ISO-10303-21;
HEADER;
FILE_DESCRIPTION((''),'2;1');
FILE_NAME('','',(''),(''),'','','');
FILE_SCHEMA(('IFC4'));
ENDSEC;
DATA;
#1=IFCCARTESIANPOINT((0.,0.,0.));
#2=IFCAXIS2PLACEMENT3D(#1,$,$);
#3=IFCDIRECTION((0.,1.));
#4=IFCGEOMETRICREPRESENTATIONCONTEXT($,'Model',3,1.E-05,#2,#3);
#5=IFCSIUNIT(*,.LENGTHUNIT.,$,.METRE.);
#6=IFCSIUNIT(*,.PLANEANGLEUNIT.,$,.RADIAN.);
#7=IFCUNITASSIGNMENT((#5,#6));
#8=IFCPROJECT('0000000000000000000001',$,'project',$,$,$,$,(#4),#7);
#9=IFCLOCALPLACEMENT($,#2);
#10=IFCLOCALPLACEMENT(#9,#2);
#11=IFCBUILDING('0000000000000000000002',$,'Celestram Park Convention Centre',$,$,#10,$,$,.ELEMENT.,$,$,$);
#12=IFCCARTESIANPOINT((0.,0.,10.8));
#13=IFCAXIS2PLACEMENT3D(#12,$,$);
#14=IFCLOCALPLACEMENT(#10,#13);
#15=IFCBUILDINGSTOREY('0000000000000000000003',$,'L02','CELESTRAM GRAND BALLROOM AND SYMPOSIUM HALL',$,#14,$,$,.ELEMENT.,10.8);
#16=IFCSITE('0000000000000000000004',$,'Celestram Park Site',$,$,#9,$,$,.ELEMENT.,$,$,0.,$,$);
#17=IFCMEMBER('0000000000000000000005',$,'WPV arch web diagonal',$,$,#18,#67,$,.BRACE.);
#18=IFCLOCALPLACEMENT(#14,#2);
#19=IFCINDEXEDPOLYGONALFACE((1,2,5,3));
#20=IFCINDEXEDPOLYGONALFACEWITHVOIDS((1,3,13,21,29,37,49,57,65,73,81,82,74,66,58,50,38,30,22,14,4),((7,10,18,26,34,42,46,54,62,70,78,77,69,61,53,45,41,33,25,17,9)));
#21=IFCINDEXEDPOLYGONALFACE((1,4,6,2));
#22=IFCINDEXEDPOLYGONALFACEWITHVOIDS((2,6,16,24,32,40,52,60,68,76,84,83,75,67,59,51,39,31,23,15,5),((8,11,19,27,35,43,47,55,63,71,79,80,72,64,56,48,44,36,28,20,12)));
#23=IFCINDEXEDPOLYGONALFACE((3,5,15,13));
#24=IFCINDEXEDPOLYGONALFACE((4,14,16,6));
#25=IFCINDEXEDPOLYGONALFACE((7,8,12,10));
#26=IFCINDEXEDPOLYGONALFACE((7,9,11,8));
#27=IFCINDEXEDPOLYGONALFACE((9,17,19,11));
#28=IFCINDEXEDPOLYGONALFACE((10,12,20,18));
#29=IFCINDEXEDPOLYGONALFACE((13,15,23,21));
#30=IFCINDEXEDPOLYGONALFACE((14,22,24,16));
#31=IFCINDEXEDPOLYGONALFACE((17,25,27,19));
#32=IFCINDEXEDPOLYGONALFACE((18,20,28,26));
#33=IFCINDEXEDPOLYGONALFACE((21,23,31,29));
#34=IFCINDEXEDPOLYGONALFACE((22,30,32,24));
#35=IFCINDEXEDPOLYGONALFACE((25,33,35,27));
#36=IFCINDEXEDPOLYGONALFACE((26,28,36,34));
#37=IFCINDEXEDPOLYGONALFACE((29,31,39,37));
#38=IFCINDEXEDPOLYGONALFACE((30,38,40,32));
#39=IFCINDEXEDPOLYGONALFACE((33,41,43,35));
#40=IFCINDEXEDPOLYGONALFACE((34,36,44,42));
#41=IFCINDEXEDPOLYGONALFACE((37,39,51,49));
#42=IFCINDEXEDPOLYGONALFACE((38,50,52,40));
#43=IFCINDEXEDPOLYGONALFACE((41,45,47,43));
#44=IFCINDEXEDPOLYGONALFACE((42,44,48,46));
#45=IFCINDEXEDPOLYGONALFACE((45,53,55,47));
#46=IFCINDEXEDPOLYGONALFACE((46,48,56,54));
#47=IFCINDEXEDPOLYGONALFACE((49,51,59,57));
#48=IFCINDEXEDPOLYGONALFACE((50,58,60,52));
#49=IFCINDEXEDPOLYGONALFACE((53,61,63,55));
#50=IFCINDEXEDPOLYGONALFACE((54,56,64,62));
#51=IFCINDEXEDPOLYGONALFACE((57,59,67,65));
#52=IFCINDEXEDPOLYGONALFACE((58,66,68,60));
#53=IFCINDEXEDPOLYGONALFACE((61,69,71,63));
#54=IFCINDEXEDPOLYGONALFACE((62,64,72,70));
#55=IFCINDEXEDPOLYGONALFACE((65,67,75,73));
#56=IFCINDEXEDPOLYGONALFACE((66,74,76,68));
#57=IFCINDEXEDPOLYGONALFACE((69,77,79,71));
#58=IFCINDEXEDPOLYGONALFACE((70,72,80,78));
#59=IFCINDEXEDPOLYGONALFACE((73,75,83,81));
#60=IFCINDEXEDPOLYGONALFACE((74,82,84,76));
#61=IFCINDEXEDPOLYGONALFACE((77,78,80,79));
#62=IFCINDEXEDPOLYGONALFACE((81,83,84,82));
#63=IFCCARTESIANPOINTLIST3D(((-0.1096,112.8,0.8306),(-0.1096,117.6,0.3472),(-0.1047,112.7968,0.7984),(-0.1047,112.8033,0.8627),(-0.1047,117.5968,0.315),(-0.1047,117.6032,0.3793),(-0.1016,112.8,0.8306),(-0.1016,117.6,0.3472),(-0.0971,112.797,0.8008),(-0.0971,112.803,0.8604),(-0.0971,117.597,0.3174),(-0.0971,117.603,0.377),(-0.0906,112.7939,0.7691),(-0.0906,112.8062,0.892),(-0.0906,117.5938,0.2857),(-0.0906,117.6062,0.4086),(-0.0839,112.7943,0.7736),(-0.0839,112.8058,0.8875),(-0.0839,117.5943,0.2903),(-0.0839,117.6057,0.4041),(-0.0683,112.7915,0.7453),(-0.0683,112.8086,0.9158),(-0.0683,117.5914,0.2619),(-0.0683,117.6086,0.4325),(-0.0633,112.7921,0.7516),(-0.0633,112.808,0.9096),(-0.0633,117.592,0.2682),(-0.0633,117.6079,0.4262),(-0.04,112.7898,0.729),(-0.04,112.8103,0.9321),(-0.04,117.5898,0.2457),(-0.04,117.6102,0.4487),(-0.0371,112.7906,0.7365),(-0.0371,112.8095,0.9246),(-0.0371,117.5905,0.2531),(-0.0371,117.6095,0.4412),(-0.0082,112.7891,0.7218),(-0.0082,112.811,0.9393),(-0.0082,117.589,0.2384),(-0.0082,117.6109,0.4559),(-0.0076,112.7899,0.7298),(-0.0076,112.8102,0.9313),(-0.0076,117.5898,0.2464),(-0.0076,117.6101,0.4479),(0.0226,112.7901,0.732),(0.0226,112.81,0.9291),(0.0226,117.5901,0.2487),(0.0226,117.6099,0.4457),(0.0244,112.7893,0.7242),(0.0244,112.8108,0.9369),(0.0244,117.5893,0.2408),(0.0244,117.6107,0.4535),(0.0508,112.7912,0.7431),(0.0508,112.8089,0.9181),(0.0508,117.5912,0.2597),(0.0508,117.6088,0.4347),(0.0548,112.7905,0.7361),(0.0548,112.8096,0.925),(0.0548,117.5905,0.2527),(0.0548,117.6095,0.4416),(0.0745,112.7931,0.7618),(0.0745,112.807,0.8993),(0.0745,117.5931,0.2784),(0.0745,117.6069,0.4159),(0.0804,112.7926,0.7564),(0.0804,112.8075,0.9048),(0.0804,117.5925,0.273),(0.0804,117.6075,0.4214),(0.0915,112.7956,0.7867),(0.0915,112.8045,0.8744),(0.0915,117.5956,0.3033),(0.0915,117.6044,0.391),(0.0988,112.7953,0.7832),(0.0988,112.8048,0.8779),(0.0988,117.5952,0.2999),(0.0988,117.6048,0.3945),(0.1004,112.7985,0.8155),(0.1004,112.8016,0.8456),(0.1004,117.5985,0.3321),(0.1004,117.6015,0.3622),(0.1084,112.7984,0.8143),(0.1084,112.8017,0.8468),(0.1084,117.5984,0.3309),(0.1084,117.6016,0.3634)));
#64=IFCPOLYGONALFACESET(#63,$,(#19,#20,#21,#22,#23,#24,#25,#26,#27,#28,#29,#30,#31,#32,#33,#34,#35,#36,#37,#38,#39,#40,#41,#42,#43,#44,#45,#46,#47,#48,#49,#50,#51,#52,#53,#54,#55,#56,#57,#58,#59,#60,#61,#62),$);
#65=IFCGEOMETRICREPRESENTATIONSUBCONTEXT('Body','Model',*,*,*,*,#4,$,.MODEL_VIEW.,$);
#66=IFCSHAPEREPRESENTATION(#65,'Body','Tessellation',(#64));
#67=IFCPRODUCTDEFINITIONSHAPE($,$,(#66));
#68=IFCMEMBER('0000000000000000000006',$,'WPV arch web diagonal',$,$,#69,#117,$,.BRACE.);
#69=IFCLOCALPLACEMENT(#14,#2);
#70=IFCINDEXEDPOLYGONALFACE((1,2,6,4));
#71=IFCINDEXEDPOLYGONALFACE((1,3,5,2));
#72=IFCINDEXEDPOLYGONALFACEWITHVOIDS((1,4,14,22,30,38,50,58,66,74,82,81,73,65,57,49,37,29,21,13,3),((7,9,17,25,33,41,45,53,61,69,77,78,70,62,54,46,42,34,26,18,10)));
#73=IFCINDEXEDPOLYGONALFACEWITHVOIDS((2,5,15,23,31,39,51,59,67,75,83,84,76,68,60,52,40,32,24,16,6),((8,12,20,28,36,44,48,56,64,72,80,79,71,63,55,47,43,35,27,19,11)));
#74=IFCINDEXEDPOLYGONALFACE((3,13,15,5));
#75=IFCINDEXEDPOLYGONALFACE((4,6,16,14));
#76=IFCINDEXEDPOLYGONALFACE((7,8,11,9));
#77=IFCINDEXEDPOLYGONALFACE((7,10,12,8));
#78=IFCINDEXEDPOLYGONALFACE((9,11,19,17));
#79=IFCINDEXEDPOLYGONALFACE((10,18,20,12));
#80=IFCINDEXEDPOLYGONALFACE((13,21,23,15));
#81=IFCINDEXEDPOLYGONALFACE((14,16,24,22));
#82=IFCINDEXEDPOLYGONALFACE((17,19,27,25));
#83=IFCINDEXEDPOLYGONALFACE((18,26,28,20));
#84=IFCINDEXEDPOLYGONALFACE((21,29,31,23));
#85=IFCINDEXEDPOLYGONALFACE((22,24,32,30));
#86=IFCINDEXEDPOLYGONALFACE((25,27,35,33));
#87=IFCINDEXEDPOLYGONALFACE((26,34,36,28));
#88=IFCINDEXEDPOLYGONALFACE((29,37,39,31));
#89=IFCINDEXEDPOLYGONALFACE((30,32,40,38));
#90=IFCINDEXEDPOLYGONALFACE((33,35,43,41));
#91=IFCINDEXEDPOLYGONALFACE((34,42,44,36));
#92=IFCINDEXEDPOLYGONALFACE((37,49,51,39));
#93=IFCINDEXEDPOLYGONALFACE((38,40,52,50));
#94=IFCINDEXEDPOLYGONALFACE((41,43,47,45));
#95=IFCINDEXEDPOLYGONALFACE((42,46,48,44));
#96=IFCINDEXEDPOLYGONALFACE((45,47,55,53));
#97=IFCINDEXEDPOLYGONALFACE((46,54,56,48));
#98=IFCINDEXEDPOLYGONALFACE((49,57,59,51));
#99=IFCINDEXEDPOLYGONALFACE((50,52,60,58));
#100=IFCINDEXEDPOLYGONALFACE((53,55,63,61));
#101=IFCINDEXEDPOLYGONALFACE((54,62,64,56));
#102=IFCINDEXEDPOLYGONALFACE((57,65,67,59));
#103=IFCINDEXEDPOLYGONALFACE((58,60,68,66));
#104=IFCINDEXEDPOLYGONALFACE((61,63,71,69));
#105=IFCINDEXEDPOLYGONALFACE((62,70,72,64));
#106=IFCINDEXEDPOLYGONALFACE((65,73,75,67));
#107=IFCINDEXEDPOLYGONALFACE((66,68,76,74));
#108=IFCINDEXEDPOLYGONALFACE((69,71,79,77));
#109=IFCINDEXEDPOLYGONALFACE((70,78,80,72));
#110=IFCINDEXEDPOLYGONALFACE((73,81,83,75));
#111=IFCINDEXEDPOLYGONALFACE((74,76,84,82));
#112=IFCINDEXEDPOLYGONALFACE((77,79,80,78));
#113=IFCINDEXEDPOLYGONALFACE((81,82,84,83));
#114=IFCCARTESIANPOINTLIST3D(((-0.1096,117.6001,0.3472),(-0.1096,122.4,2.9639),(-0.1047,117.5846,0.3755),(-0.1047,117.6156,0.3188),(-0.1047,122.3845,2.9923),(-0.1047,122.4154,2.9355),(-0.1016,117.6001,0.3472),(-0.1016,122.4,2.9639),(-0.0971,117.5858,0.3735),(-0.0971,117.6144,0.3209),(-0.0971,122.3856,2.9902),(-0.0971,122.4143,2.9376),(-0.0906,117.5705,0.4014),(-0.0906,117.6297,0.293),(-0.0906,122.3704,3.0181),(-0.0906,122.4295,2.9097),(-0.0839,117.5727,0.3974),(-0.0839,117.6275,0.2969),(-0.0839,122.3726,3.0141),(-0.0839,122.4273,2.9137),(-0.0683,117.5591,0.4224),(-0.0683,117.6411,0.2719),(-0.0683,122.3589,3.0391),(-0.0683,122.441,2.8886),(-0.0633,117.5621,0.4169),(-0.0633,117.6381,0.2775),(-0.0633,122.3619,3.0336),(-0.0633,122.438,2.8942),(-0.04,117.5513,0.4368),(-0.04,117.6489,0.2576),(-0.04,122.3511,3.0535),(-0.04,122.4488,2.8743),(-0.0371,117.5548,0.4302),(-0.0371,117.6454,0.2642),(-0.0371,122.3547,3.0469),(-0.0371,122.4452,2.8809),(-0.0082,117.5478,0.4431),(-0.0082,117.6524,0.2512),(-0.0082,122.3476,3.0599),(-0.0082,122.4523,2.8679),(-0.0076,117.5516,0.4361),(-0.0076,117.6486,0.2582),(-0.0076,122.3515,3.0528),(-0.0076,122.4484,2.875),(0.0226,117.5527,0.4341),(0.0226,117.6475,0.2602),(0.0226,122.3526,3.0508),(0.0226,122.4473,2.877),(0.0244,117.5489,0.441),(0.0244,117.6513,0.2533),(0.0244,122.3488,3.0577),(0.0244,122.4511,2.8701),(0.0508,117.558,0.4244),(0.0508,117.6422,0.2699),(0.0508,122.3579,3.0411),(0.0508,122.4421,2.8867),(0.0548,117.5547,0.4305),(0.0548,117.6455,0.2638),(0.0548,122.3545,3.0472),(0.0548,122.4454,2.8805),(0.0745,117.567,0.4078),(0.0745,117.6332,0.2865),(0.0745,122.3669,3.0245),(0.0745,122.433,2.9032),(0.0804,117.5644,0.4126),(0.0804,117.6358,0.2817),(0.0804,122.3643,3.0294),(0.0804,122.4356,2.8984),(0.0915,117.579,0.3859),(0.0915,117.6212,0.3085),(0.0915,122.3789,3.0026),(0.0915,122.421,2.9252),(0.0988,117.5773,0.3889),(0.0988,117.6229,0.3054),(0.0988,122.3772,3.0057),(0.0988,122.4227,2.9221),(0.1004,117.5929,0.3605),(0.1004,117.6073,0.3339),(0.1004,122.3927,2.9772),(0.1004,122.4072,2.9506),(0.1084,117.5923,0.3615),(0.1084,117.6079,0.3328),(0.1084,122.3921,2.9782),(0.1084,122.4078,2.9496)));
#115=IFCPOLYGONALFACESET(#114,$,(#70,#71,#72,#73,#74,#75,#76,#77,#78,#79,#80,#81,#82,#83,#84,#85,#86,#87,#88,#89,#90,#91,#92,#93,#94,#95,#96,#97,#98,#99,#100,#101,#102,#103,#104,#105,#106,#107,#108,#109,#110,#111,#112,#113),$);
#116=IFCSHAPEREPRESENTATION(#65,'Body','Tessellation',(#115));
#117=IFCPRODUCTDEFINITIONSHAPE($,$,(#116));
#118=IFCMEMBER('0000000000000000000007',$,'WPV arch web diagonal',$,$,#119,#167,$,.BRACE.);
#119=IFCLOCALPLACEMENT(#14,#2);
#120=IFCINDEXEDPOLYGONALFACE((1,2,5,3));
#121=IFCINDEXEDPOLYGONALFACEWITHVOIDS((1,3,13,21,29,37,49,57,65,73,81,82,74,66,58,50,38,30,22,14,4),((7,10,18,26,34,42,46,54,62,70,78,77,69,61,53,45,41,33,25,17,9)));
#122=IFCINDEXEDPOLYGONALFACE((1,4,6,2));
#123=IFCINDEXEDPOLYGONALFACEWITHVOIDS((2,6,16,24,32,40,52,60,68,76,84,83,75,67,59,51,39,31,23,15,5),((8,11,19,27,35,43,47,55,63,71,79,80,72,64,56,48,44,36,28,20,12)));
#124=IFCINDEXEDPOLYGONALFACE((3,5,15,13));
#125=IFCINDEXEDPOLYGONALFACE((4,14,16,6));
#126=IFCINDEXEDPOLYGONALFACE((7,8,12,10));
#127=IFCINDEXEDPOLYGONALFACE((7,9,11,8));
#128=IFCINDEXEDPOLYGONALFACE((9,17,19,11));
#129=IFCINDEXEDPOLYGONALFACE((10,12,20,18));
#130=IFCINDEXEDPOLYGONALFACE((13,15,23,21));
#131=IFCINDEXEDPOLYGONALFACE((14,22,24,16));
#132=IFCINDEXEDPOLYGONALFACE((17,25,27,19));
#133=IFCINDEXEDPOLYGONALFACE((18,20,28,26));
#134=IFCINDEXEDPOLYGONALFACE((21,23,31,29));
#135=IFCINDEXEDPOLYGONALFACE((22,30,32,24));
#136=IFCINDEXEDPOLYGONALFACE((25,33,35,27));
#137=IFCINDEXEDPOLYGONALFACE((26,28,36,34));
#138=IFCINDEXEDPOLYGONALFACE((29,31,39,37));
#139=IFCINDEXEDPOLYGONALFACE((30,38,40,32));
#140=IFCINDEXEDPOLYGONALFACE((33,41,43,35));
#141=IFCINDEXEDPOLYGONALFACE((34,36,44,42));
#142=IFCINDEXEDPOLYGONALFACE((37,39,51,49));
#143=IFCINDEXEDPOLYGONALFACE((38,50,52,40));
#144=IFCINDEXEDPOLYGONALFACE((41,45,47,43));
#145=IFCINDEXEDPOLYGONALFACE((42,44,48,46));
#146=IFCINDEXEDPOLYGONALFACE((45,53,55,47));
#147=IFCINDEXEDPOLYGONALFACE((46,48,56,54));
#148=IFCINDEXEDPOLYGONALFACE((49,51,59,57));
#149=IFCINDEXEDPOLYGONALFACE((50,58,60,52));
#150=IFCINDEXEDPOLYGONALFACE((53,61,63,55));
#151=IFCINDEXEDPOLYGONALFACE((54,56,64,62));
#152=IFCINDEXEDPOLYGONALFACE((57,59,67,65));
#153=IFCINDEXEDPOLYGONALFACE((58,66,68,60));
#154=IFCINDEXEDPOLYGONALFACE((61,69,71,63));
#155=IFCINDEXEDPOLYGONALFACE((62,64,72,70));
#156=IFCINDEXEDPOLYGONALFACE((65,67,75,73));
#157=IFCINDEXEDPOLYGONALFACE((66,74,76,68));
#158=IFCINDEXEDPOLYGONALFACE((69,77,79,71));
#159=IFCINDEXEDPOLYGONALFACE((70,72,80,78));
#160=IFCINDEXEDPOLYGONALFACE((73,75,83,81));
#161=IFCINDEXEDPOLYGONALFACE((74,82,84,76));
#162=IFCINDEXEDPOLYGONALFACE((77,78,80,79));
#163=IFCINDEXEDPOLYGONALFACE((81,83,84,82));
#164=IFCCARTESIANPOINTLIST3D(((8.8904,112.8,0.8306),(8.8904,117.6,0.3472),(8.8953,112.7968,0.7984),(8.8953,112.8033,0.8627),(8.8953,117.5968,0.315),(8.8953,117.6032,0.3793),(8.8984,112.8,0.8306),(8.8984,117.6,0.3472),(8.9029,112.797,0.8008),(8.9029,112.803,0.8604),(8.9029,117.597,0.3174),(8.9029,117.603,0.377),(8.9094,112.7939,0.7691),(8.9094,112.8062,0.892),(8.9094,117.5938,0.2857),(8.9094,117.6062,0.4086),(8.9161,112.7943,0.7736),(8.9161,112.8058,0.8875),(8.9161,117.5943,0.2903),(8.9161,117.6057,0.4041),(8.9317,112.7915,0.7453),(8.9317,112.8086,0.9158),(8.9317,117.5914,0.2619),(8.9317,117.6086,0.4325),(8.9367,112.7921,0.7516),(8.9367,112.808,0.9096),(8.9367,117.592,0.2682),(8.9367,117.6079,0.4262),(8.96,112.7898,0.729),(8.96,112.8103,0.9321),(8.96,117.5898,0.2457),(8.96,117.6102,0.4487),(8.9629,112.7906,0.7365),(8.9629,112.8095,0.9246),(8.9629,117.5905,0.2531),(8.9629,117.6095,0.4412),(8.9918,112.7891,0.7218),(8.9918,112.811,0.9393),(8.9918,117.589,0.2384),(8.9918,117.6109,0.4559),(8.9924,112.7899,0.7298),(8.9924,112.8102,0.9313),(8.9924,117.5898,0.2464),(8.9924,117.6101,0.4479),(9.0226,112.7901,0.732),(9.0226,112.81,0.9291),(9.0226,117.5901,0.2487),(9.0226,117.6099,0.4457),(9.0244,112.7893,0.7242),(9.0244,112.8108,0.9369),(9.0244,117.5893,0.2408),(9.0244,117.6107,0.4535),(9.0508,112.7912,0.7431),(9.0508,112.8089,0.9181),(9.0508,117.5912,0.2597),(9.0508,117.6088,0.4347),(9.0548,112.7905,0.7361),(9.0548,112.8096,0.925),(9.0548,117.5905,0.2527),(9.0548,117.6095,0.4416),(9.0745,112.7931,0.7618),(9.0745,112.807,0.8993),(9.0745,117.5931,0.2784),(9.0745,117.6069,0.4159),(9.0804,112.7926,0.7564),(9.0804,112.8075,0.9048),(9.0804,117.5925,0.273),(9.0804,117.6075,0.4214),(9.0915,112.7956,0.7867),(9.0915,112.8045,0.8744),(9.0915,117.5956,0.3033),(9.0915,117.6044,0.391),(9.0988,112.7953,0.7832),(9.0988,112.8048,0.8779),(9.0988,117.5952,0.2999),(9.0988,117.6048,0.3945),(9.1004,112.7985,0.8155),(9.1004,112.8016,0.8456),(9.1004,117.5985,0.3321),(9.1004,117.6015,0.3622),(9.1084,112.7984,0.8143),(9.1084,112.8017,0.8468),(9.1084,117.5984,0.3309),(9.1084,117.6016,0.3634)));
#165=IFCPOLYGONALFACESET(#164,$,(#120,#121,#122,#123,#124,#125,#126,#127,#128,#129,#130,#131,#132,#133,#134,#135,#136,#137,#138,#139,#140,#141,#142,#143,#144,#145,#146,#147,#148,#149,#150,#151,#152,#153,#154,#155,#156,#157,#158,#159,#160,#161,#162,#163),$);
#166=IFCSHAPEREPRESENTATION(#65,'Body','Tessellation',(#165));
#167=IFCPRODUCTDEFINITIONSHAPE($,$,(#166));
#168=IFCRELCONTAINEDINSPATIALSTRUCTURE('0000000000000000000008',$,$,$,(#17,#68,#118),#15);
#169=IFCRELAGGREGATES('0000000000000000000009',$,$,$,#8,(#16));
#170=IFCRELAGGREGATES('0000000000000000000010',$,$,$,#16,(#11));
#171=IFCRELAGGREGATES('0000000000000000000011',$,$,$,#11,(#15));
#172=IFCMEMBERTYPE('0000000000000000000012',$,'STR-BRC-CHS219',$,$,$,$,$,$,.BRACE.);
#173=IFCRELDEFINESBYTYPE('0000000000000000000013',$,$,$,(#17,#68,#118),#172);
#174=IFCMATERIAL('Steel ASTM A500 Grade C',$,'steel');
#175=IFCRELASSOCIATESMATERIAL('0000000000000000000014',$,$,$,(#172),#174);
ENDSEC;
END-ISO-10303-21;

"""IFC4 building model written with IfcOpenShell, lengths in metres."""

from ifc_helpers import new_model, si_unit, direction, frame, origin, origin_2d, place, context, subcontext, project, spatial, hollow_circle, extrude, material, material_profile, profile_set, type_object, element, save


model = new_model("IFC4")

# Units and contexts
model_context = context("Model", 3, precision=1e-05, world=origin(), true_north=direction((0.0, 1.0)))
body_context = subcontext(model_context, "Body", "Model", "MODEL_VIEW")
ifc_project = project(units=[si_unit("LENGTHUNIT", "METRE"), si_unit("PLANEANGLEUNIT", "RADIAN")], contexts=[model_context])

# Site, building, storey
site_placement = place(None, origin())
site = spatial("IfcSite", under=ifc_project, at=site_placement, Name="Celestram Park Site", CompositionType="ELEMENT", RefElevation=0.0)
building_placement = place(site_placement, origin())
building = spatial("IfcBuilding", under=site, at=building_placement, Name="Celestram Park Convention Centre", CompositionType="ELEMENT")
storey_placement = place(building_placement, frame((0.0, 0.0, 10.8)))
storey = spatial("IfcBuildingStorey", under=building, at=storey_placement, Name="L02", Description="CELESTRAM GRAND BALLROOM AND SYMPOSIUM HALL", CompositionType="ELEMENT", Elevation=10.8)

# Members
ifc_material_1 = material(Name="Steel ASTM A500 Grade C", Category="steel")
ifc_material_profile_1 = material_profile(ifc_material_1, hollow_circle(Radius=0.1096, WallThickness=0.0081, at=origin_2d()), Name="CHS219X8")
ifc_profile_set_1 = profile_set([ifc_material_profile_1], Name="Steel ASTM A500 Grade C")
member_type_1 = type_object("IfcMemberType", Name="STR-BRC-CHS219", PredefinedType="BRACE", material=ifc_profile_set_1)
member_1_placement = place(storey_placement, frame((0.0, 112.8, 0.8306), z_axis=(0.0, 0.994967, -0.1002), x_axis=(-1.0, 0.0, 0.0)))
element("IfcMember", 1, at=member_1_placement, inside=storey, type_object=member_type_1, Name="WPV arch web diagonal", PredefinedType="BRACE", context=body_context, shape_type="SweptSolid", body=[
    extrude(hollow_circle(Radius=0.1096, WallThickness=0.0081, at=origin_2d()), origin(), (0.0, 0.0, 1.0), 4.8242),
])
member_2_placement = place(storey_placement, frame((0.0, 117.6001, 0.3472), z_axis=(0.0, 0.878001, 0.478658), x_axis=(-1.0, 0.0, 0.0)))
element("IfcMember", 2, at=member_2_placement, inside=storey, type_object=member_type_1, Name="WPV arch web diagonal", PredefinedType="BRACE", context=body_context, shape_type="SweptSolid", body=[
    extrude(hollow_circle(Radius=0.1096, WallThickness=0.0081, at=origin_2d()), origin(), (0.0, 0.0, 1.0), 5.4668),
])
member_3_placement = place(storey_placement, frame((9.0, 112.8, 0.8306), z_axis=(0.0, 0.994967, -0.1002), x_axis=(-1.0, 0.0, 0.0)))
element("IfcMember", 3, at=member_3_placement, inside=storey, type_object=member_type_1, Name="WPV arch web diagonal", PredefinedType="BRACE", context=body_context, shape_type="SweptSolid", body=[
    extrude(hollow_circle(Radius=0.1096, WallThickness=0.0081, at=origin_2d()), origin(), (0.0, 0.0, 1.0), 4.8242),
])

save(model, "model.ifc")
